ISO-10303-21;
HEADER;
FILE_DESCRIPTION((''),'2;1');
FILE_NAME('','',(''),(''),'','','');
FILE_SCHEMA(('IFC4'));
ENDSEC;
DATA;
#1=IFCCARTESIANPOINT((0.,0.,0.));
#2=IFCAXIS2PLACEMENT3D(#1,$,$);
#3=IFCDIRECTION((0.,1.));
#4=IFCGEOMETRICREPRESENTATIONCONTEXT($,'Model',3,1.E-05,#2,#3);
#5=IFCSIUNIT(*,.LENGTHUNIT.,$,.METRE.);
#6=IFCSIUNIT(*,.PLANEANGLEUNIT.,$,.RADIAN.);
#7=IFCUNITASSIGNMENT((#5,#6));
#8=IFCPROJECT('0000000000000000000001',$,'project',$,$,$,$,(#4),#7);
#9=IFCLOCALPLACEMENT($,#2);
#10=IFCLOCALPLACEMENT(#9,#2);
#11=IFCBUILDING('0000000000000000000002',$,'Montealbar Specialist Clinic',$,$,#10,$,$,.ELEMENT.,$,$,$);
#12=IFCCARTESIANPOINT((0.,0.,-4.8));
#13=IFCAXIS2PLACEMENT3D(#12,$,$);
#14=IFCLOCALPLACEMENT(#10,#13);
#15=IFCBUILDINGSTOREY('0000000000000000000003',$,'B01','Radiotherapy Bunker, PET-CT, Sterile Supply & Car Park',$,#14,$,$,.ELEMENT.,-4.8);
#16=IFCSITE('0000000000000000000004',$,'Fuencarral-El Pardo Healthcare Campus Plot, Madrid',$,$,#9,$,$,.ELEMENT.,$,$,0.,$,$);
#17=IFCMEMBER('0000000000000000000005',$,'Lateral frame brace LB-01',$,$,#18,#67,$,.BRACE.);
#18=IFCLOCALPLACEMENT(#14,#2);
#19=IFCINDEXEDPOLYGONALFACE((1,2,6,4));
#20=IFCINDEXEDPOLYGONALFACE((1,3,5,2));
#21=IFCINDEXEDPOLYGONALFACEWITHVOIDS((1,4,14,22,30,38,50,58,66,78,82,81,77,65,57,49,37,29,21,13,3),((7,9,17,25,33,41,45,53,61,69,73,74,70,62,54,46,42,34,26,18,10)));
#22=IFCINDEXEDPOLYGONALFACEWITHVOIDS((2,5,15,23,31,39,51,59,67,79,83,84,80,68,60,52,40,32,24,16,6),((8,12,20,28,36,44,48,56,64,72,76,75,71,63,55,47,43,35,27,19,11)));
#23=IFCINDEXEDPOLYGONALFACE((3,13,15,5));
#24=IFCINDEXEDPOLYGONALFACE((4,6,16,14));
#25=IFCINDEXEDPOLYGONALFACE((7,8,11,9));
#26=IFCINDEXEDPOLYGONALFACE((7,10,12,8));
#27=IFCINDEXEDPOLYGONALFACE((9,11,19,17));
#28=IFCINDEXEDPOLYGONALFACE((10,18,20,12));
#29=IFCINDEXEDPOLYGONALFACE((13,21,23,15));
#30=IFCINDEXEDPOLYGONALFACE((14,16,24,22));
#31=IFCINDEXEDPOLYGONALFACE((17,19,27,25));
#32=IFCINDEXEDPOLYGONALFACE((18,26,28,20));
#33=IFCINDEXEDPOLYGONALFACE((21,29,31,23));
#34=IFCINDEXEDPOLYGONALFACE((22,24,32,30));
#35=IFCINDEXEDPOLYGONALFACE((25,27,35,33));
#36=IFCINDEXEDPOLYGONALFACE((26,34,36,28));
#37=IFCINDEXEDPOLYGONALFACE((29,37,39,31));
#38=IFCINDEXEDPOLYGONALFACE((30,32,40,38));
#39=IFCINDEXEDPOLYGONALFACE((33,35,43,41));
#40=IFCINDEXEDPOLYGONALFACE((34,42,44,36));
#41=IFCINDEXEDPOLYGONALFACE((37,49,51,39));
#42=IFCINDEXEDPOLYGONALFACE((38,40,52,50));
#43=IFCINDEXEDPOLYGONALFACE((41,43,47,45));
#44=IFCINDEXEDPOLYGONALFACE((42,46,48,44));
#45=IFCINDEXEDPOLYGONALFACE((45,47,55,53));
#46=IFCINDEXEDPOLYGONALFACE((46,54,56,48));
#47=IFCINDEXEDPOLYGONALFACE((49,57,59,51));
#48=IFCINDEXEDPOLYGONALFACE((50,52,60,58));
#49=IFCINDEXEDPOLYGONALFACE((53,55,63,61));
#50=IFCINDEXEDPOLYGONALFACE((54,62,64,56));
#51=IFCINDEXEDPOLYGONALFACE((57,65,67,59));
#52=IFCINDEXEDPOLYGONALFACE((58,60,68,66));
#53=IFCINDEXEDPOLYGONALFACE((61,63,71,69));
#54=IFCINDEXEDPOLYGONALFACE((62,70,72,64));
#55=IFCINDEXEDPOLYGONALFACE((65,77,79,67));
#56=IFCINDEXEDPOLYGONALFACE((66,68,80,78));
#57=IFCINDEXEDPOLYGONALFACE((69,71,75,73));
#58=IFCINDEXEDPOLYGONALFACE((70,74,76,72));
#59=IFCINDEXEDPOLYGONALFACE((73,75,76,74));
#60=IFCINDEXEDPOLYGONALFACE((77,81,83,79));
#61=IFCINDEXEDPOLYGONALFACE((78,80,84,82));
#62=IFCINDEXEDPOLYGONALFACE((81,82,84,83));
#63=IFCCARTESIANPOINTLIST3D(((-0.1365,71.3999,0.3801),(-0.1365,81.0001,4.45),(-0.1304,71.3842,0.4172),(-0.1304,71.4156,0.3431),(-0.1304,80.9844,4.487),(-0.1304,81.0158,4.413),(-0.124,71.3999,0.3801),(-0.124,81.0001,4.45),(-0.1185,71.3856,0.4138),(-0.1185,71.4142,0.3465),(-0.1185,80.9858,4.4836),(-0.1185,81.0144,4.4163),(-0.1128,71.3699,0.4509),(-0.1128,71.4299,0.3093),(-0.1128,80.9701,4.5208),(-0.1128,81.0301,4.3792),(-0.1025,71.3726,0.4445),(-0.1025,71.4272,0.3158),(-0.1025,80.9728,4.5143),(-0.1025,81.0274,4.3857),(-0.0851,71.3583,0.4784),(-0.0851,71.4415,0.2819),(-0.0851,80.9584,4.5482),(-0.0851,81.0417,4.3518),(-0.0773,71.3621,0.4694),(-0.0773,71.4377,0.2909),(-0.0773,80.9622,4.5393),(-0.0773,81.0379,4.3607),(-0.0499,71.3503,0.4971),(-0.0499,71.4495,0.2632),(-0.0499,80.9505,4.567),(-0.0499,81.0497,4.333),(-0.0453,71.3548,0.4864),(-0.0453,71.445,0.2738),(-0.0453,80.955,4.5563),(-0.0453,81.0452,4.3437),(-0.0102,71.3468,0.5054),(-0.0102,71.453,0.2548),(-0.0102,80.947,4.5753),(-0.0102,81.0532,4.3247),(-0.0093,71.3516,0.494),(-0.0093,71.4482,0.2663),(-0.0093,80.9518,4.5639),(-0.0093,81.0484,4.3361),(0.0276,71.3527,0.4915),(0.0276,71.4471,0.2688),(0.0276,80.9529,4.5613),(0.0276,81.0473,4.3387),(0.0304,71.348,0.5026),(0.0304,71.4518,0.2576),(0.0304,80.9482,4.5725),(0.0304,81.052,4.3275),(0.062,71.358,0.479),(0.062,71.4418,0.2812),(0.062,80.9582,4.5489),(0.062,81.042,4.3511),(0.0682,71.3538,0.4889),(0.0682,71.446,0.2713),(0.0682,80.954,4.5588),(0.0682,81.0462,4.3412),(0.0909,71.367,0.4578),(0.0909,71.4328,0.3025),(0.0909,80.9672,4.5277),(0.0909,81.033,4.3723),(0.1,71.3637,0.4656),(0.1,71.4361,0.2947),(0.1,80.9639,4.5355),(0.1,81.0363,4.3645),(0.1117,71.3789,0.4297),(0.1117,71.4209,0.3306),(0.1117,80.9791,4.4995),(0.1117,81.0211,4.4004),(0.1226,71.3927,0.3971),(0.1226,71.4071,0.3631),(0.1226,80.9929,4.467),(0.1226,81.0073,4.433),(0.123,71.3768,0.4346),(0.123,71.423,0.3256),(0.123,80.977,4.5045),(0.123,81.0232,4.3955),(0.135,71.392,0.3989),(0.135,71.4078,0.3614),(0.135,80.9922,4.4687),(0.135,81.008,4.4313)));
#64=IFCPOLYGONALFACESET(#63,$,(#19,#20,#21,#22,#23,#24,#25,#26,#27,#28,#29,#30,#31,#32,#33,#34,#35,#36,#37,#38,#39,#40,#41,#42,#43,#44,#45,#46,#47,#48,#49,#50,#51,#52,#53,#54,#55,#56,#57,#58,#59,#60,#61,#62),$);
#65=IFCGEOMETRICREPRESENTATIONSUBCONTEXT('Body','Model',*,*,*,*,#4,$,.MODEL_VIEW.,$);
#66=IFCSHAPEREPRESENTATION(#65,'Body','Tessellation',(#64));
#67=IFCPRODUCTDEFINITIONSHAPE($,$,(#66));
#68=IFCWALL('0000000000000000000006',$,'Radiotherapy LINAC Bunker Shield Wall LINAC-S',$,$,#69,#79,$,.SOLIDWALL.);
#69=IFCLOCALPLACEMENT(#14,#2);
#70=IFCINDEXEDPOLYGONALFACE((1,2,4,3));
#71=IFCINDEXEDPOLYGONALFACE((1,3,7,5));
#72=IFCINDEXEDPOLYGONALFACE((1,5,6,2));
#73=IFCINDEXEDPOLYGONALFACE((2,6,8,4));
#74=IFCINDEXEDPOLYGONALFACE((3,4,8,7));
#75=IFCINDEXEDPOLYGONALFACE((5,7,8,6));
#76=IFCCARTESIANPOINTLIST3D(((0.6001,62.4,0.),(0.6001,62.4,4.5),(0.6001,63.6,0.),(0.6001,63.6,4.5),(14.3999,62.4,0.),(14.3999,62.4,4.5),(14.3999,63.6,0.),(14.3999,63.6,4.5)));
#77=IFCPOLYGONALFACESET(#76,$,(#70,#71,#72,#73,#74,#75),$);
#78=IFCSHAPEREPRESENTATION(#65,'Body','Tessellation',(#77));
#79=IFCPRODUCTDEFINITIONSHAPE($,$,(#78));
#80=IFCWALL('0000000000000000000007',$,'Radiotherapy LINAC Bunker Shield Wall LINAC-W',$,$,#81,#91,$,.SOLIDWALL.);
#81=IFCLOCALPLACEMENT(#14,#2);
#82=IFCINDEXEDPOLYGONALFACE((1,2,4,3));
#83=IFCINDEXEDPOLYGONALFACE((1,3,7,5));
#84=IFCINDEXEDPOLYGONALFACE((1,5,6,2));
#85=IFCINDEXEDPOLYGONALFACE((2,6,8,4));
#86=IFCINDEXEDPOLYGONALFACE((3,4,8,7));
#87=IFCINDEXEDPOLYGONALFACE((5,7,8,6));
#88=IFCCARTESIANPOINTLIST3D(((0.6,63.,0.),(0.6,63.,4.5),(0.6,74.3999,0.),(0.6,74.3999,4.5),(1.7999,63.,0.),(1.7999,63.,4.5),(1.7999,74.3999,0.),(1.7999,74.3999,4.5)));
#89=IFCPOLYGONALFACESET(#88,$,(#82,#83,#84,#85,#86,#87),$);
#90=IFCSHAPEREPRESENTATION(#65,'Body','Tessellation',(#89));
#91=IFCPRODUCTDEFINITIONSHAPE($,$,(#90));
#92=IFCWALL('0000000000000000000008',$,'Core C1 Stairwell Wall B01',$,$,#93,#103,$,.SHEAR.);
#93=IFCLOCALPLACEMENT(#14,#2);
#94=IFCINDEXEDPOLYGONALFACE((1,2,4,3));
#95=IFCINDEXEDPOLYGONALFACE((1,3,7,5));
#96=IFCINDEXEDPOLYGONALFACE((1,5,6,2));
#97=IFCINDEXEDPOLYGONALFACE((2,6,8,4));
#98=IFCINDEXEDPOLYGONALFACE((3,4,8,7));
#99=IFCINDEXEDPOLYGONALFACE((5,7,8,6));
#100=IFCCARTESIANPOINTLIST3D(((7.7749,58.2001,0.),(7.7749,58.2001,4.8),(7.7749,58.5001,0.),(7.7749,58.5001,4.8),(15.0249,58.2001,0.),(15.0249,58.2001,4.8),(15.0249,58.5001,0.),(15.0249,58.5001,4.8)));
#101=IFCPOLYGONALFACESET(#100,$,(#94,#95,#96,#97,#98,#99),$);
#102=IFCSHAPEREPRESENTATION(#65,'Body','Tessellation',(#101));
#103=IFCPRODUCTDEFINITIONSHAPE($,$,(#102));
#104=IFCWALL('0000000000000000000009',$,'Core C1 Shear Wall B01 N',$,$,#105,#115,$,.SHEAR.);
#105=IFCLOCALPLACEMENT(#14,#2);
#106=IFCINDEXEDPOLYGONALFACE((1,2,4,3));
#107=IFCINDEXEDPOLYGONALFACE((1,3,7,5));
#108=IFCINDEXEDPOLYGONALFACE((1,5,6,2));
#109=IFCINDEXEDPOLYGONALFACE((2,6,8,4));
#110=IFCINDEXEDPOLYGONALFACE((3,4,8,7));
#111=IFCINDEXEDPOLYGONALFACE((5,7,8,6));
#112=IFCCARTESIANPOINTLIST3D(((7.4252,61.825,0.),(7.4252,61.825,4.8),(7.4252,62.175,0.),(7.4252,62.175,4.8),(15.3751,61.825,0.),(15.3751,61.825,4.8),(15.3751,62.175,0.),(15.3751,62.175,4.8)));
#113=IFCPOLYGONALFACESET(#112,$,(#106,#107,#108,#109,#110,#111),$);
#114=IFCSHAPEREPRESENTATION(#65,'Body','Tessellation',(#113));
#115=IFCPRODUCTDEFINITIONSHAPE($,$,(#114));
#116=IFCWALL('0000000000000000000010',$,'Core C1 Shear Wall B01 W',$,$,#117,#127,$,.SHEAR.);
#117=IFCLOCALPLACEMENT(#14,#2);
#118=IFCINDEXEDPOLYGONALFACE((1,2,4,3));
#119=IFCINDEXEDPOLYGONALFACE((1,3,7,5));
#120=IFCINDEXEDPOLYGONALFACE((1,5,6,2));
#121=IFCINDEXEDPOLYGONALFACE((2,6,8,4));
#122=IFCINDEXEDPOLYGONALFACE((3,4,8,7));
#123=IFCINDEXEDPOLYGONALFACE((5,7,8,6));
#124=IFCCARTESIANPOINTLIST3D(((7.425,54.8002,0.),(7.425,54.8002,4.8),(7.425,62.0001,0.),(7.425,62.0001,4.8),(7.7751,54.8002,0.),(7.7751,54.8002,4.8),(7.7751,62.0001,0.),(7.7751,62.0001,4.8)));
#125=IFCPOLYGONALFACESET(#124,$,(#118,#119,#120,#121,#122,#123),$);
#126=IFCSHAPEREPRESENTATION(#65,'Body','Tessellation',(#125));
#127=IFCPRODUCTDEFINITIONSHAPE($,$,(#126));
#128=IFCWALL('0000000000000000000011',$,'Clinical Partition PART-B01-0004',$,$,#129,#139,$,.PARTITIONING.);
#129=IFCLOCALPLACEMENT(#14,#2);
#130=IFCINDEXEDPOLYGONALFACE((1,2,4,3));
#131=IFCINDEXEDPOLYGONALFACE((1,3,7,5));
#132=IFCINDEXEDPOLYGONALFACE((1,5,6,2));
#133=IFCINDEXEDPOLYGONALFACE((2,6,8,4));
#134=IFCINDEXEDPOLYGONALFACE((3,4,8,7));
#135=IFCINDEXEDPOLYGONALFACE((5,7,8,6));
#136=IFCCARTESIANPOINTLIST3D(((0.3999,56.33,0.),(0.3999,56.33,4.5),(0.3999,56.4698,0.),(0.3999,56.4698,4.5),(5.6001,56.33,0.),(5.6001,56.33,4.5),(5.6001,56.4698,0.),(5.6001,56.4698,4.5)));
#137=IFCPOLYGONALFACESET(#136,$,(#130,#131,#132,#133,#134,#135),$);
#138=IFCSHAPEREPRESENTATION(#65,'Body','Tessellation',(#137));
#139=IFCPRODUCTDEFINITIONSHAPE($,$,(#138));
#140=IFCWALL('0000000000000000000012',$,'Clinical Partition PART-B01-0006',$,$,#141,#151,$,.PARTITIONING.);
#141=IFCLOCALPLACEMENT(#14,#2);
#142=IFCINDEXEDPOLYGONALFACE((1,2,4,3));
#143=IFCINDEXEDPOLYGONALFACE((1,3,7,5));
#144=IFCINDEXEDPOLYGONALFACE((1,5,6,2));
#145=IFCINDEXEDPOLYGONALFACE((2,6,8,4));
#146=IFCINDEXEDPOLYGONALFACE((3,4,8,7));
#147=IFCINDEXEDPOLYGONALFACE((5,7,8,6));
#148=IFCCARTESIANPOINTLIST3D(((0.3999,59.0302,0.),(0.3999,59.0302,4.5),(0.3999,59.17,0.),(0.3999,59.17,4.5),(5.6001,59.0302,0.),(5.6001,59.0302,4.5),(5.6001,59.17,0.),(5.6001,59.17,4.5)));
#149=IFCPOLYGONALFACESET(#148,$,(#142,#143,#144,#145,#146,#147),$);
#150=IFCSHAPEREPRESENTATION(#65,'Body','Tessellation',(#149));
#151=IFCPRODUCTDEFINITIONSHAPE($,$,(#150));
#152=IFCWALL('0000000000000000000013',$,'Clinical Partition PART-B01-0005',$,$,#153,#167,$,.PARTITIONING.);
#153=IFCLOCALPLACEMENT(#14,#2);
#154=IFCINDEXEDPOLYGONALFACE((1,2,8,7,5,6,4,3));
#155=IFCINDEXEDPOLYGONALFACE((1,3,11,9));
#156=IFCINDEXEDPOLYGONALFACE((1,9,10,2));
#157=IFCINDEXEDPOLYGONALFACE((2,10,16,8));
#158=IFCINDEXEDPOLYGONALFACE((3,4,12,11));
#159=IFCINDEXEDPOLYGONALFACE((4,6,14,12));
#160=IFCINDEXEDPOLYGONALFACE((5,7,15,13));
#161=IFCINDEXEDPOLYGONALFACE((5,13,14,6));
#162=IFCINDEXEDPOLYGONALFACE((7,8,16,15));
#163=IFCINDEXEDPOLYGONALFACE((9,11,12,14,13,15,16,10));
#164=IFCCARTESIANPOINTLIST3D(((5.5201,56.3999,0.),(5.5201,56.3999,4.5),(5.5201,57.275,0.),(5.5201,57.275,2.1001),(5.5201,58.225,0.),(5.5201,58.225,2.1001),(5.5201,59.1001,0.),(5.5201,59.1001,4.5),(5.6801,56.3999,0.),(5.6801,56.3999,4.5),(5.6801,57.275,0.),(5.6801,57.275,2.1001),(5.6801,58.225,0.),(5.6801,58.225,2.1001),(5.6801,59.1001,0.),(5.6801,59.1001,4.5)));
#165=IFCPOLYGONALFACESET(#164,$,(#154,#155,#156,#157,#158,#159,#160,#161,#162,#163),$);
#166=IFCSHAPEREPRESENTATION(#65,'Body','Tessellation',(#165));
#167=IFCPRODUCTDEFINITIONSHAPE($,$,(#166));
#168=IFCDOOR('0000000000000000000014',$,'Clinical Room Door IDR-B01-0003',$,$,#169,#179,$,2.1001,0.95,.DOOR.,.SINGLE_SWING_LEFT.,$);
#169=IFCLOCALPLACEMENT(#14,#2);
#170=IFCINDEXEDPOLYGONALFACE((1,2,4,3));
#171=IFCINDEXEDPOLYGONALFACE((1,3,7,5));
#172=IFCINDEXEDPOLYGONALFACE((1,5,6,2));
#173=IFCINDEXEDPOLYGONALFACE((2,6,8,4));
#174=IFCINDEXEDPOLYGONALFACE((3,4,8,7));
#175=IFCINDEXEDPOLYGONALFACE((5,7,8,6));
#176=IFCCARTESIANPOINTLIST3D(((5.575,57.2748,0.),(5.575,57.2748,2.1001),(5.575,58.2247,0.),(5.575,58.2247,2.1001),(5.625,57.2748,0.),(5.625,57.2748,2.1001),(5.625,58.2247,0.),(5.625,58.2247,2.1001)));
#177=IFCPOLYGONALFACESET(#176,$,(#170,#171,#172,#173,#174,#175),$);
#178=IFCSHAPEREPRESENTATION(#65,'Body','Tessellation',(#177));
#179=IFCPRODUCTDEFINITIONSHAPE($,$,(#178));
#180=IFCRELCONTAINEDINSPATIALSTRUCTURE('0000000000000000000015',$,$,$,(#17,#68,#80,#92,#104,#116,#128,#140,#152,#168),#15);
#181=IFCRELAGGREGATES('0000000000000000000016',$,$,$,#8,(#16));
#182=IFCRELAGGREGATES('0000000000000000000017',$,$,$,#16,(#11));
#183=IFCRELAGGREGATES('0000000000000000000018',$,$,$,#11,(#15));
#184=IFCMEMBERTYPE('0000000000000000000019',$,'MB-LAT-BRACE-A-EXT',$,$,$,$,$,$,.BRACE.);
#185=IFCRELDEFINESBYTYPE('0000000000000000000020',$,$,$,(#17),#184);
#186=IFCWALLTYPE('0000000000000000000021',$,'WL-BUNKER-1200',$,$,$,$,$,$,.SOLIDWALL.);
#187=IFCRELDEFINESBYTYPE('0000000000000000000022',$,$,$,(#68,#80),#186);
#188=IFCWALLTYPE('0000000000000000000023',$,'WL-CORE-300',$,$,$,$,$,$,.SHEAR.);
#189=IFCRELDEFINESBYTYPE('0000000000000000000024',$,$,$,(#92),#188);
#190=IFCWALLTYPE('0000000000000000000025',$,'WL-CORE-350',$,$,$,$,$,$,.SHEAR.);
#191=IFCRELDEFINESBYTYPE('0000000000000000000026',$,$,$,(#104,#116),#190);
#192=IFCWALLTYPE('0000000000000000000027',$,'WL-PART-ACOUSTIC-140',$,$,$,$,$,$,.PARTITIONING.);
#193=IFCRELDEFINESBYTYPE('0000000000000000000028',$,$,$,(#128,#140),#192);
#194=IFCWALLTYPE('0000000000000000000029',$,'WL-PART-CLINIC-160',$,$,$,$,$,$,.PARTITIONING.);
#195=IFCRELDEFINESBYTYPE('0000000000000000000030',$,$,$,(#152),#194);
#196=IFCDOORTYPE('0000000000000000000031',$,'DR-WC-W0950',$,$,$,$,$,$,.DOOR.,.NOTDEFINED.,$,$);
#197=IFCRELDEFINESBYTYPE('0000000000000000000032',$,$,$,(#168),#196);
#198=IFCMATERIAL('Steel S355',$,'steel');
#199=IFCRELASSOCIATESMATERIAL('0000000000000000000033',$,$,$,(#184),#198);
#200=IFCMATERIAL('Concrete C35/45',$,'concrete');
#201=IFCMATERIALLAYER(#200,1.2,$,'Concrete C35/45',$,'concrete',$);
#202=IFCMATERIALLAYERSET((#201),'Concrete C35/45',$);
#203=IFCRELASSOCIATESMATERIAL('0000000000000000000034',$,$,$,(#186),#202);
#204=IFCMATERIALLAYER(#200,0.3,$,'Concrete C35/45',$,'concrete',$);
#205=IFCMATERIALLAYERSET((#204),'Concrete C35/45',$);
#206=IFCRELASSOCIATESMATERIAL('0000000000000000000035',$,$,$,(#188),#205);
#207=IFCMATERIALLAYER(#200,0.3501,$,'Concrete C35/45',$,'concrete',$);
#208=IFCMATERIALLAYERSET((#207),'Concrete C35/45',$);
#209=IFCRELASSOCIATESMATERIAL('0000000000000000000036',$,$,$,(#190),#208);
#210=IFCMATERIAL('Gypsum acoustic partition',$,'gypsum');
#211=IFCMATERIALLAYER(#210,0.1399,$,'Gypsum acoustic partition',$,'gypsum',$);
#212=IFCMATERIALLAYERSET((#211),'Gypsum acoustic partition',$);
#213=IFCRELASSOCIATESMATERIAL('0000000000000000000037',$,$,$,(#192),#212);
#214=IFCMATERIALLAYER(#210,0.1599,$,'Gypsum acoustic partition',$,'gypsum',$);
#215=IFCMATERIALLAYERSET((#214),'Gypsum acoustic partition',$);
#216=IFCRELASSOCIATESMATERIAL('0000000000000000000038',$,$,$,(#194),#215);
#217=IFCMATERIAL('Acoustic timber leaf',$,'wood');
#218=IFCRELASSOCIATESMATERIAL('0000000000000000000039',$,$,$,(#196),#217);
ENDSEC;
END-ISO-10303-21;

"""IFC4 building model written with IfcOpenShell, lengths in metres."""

from ifc_helpers import new_model, si_unit, direction, frame, frame_2d, origin, origin_2d, place, context, subcontext, project, spatial, rectangle, hollow_circle, extrude, material, layer, layer_set, material_profile, profile_set, type_object, element, fill, save


model = new_model("IFC4")

# Units and contexts
model_context = context("Model", 3, precision=1e-05, world=origin(), true_north=direction((0.0, 1.0)))
body_context = subcontext(model_context, "Body", "Model", "MODEL_VIEW")
ifc_project = project(units=[si_unit("LENGTHUNIT", "METRE"), si_unit("PLANEANGLEUNIT", "RADIAN")], contexts=[model_context])

# Site, building, storey
site_placement = place(None, origin())
site = spatial("IfcSite", under=ifc_project, at=site_placement, Name="Fuencarral-El Pardo Healthcare Campus Plot, Madrid", CompositionType="ELEMENT", RefElevation=0.0)
building_placement = place(site_placement, origin())
building = spatial("IfcBuilding", under=site, at=building_placement, Name="Montealbar Specialist Clinic", CompositionType="ELEMENT")
storey_placement = place(building_placement, frame((0.0, 0.0, -4.8)))
storey = spatial("IfcBuildingStorey", under=building, at=storey_placement, Name="B01", Description="Radiotherapy Bunker, PET-CT, Sterile Supply & Car Park", CompositionType="ELEMENT", Elevation=-4.8)

# Shared definitions
ifc_material_1 = material(Name="Concrete C35/45", Category="concrete")

# Shared definitions
ifc_material_2 = material(Name="Steel S355", Category="steel")

# Member
ifc_material_profile_1 = material_profile(ifc_material_2, hollow_circle(Radius=0.1365, WallThickness=0.0125, at=origin_2d()), Name="CHS 273.0x12.5", Category="steel")
ifc_profile_set_1 = profile_set([ifc_material_profile_1], Name="Steel S355")
member_type = type_object("IfcMemberType", Name="MB-LAT-BRACE-A-EXT", PredefinedType="BRACE", material=ifc_profile_set_1)
member_placement = place(storey_placement, frame((0.0, 71.3999, 0.3801), z_axis=(0.0, 0.920683, 0.390311), x_axis=(-1.0, 0.0, 0.0)))
element("IfcMember", 1, at=member_placement, inside=storey, type_object=member_type, Name="Lateral frame brace LB-01", PredefinedType="BRACE", context=body_context, shape_type="SweptSolid", body=[
    extrude(hollow_circle(Radius=0.1365, WallThickness=0.0125, at=origin_2d()), origin(), (0.0, 0.0, 1.0), 10.4272),
])

# Walls
ifc_layer_1 = layer(ifc_material_1, 1.2, Name="Concrete C35/45", Category="concrete")
ifc_layer_set_1 = layer_set([ifc_layer_1], Name="Concrete C35/45")
wall_type_1 = type_object("IfcWallType", Name="WL-BUNKER-1200", PredefinedType="SOLIDWALL", material=ifc_layer_set_1)
wall_1_placement = place(storey_placement, frame((0.6001, 63.0, 0.0), z_axis=(0.0, 0.0, 1.0), x_axis=(1.0, 0.0, 0.0)))
element("IfcWall", 2, at=wall_1_placement, inside=storey, type_object=wall_type_1, Name="Radiotherapy LINAC Bunker Shield Wall LINAC-S", PredefinedType="SOLIDWALL", context=body_context, shape_type="SweptSolid", body=[
    extrude(rectangle(XDim=13.7998, YDim=1.2, at=frame_2d((6.8999, 0.0))), origin(), (0.0, 0.0, 1.0), 4.5),
])
wall_2_placement = place(storey_placement, frame((1.2, 63.0, 0.0), z_axis=(0.0, 0.0, 1.0), x_axis=(0.0, 1.0, 0.0)))
element("IfcWall", 3, at=wall_2_placement, inside=storey, type_object=wall_type_1, Name="Radiotherapy LINAC Bunker Shield Wall LINAC-W", PredefinedType="SOLIDWALL", context=body_context, shape_type="SweptSolid", body=[
    extrude(rectangle(XDim=11.3999, YDim=1.2, at=frame_2d((5.7, 0.0))), origin(), (0.0, 0.0, 1.0), 4.5),
])
ifc_layer_2 = layer(ifc_material_1, 0.3, Name="Concrete C35/45", Category="concrete")
ifc_layer_set_2 = layer_set([ifc_layer_2], Name="Concrete C35/45")
wall_type_2 = type_object("IfcWallType", Name="WL-CORE-300", PredefinedType="SHEAR", material=ifc_layer_set_2)
wall_3_placement = place(storey_placement, frame((7.7749, 58.3501, 0.0), z_axis=(0.0, 0.0, 1.0), x_axis=(1.0, 0.0, 0.0)))
element("IfcWall", 4, at=wall_3_placement, inside=storey, type_object=wall_type_2, Name="Core C1 Stairwell Wall B01", PredefinedType="SHEAR", context=body_context, shape_type="SweptSolid", body=[
    extrude(rectangle(XDim=7.25, YDim=0.3, at=frame_2d((3.625, 0.0))), origin(), (0.0, 0.0, 1.0), 4.8),
])
ifc_layer_3 = layer(ifc_material_1, 0.3501, Name="Concrete C35/45", Category="concrete")
ifc_layer_set_3 = layer_set([ifc_layer_3], Name="Concrete C35/45")
wall_type_3 = type_object("IfcWallType", Name="WL-CORE-350", PredefinedType="SHEAR", material=ifc_layer_set_3)
wall_4_placement = place(storey_placement, frame((7.425, 62.0, 0.0), z_axis=(0.0, 0.0, 1.0), x_axis=(1.0, 0.0, 0.0)))
element("IfcWall", 5, at=wall_4_placement, inside=storey, type_object=wall_type_3, Name="Core C1 Shear Wall B01 N", PredefinedType="SHEAR", context=body_context, shape_type="SweptSolid", body=[
    extrude(rectangle(XDim=7.95, YDim=0.3501, at=frame_2d((3.9751, 0.0))), origin(), (0.0, 0.0, 1.0), 4.8),
])
wall_5_placement = place(storey_placement, frame((7.6001, 54.8, 0.0), z_axis=(0.0, 0.0, 1.0), x_axis=(0.0, 1.0, 0.0)))
element("IfcWall", 6, at=wall_5_placement, inside=storey, type_object=wall_type_3, Name="Core C1 Shear Wall B01 W", PredefinedType="SHEAR", context=body_context, shape_type="SweptSolid", body=[
    extrude(rectangle(XDim=7.2, YDim=0.3501, at=frame_2d((3.6001, 0.0))), origin(), (0.0, 0.0, 1.0), 4.8),
])
ifc_material_3 = material(Name="Gypsum acoustic partition", Category="gypsum")
ifc_layer_4 = layer(ifc_material_3, 0.1399, Name="Gypsum acoustic partition", Category="gypsum")
ifc_layer_set_4 = layer_set([ifc_layer_4], Name="Gypsum acoustic partition")
wall_type_4 = type_object("IfcWallType", Name="WL-PART-ACOUSTIC-140", PredefinedType="PARTITIONING", material=ifc_layer_set_4)
for number, where, z_axis, x_axis, name in (
    (7, (0.3999, 56.3999, 0.0), (0.0, 0.0, 1.0), (1.0, 0.0, 0.0), "Clinical Partition PART-B01-0004"),
    (8, (0.3999, 59.1001, 0.0), (0.0, 0.0, 1.0), (1.0, 0.0, 0.0), "Clinical Partition PART-B01-0006"),
):
    element("IfcWall", number, at=place(storey_placement, frame(where, z_axis=z_axis, x_axis=x_axis)), inside=storey, type_object=wall_type_4, Name=name, PredefinedType="PARTITIONING", context=body_context, shape_type="SweptSolid", body=[
        extrude(rectangle(XDim=5.2002, YDim=0.1399, at=frame_2d((2.6001, 0.0))), origin(), (0.0, 0.0, 1.0), 4.5),
    ])

# Wall, opening, door
ifc_layer_5 = layer(ifc_material_3, 0.1599, Name="Gypsum acoustic partition", Category="gypsum")
ifc_layer_set_5 = layer_set([ifc_layer_5], Name="Gypsum acoustic partition")
wall_type_5 = type_object("IfcWallType", Name="WL-PART-CLINIC-160", PredefinedType="PARTITIONING", material=ifc_layer_set_5)
wall_6_placement = place(storey_placement, frame((5.6001, 56.3999, 0.0), z_axis=(0.0, 0.0, 1.0), x_axis=(0.0, 1.0, 0.0)))
wall_6 = element("IfcWall", 9, at=wall_6_placement, inside=storey, type_object=wall_type_5, Name="Clinical Partition PART-B01-0005", PredefinedType="PARTITIONING", context=body_context, shape_type="SweptSolid", body=[
    extrude(rectangle(XDim=2.7002, YDim=0.1599, at=frame_2d((1.3501, 0.0))), origin(), (0.0, 0.0, 1.0), 4.5),
])
opening_1_placement = place(wall_6_placement, frame((0.875, 0.0, 0.0)))
opening_1 = element("IfcOpeningElement", 10, at=opening_1_placement, cuts=wall_6, PredefinedType="OPENING", context=body_context, shape_type="SweptSolid", body=[
    extrude(rectangle(XDim=0.95, YDim=2.1001, at=frame_2d((0.4751, 1.05))), frame((0.0, 0.0898, 0.0), z_axis=(0.0, -1.0, 0.0), x_axis=(1.0, 0.0, 0.0)), (0.0, 0.0, 1.0), 0.1799),
])
ifc_material_4 = material(Name="Acoustic timber leaf", Category="wood")
door_type_1 = type_object("IfcDoorType", Name="DR-WC-W0950", OperationType="NOTDEFINED", PredefinedType="DOOR", material=ifc_material_4)
door_1_placement = place(opening_1_placement, frame((0.95, 0.0, 0.0), z_axis=(0.0, 0.0, 1.0), x_axis=(-1.0, 0.0, 0.0)))
door_1 = element("IfcDoor", 11, at=door_1_placement, inside=storey, type_object=door_type_1, Name="Clinical Room Door IDR-B01-0003", OperationType="SINGLE_SWING_LEFT", OverallHeight=2.1001, OverallWidth=0.95, PredefinedType="DOOR", context=body_context, shape_type="SweptSolid", body=[
    extrude(rectangle(XDim=0.95, YDim=2.1001, at=frame_2d((0.4751, 1.05))), frame((0.0, 0.0249, 0.0), z_axis=(0.0, -1.0, 0.0), x_axis=(1.0, 0.0, 0.0)), (0.0, 0.0, 1.0), 0.05),
])
fill(opening_1, door_1)

save(model, "model.ifc")
